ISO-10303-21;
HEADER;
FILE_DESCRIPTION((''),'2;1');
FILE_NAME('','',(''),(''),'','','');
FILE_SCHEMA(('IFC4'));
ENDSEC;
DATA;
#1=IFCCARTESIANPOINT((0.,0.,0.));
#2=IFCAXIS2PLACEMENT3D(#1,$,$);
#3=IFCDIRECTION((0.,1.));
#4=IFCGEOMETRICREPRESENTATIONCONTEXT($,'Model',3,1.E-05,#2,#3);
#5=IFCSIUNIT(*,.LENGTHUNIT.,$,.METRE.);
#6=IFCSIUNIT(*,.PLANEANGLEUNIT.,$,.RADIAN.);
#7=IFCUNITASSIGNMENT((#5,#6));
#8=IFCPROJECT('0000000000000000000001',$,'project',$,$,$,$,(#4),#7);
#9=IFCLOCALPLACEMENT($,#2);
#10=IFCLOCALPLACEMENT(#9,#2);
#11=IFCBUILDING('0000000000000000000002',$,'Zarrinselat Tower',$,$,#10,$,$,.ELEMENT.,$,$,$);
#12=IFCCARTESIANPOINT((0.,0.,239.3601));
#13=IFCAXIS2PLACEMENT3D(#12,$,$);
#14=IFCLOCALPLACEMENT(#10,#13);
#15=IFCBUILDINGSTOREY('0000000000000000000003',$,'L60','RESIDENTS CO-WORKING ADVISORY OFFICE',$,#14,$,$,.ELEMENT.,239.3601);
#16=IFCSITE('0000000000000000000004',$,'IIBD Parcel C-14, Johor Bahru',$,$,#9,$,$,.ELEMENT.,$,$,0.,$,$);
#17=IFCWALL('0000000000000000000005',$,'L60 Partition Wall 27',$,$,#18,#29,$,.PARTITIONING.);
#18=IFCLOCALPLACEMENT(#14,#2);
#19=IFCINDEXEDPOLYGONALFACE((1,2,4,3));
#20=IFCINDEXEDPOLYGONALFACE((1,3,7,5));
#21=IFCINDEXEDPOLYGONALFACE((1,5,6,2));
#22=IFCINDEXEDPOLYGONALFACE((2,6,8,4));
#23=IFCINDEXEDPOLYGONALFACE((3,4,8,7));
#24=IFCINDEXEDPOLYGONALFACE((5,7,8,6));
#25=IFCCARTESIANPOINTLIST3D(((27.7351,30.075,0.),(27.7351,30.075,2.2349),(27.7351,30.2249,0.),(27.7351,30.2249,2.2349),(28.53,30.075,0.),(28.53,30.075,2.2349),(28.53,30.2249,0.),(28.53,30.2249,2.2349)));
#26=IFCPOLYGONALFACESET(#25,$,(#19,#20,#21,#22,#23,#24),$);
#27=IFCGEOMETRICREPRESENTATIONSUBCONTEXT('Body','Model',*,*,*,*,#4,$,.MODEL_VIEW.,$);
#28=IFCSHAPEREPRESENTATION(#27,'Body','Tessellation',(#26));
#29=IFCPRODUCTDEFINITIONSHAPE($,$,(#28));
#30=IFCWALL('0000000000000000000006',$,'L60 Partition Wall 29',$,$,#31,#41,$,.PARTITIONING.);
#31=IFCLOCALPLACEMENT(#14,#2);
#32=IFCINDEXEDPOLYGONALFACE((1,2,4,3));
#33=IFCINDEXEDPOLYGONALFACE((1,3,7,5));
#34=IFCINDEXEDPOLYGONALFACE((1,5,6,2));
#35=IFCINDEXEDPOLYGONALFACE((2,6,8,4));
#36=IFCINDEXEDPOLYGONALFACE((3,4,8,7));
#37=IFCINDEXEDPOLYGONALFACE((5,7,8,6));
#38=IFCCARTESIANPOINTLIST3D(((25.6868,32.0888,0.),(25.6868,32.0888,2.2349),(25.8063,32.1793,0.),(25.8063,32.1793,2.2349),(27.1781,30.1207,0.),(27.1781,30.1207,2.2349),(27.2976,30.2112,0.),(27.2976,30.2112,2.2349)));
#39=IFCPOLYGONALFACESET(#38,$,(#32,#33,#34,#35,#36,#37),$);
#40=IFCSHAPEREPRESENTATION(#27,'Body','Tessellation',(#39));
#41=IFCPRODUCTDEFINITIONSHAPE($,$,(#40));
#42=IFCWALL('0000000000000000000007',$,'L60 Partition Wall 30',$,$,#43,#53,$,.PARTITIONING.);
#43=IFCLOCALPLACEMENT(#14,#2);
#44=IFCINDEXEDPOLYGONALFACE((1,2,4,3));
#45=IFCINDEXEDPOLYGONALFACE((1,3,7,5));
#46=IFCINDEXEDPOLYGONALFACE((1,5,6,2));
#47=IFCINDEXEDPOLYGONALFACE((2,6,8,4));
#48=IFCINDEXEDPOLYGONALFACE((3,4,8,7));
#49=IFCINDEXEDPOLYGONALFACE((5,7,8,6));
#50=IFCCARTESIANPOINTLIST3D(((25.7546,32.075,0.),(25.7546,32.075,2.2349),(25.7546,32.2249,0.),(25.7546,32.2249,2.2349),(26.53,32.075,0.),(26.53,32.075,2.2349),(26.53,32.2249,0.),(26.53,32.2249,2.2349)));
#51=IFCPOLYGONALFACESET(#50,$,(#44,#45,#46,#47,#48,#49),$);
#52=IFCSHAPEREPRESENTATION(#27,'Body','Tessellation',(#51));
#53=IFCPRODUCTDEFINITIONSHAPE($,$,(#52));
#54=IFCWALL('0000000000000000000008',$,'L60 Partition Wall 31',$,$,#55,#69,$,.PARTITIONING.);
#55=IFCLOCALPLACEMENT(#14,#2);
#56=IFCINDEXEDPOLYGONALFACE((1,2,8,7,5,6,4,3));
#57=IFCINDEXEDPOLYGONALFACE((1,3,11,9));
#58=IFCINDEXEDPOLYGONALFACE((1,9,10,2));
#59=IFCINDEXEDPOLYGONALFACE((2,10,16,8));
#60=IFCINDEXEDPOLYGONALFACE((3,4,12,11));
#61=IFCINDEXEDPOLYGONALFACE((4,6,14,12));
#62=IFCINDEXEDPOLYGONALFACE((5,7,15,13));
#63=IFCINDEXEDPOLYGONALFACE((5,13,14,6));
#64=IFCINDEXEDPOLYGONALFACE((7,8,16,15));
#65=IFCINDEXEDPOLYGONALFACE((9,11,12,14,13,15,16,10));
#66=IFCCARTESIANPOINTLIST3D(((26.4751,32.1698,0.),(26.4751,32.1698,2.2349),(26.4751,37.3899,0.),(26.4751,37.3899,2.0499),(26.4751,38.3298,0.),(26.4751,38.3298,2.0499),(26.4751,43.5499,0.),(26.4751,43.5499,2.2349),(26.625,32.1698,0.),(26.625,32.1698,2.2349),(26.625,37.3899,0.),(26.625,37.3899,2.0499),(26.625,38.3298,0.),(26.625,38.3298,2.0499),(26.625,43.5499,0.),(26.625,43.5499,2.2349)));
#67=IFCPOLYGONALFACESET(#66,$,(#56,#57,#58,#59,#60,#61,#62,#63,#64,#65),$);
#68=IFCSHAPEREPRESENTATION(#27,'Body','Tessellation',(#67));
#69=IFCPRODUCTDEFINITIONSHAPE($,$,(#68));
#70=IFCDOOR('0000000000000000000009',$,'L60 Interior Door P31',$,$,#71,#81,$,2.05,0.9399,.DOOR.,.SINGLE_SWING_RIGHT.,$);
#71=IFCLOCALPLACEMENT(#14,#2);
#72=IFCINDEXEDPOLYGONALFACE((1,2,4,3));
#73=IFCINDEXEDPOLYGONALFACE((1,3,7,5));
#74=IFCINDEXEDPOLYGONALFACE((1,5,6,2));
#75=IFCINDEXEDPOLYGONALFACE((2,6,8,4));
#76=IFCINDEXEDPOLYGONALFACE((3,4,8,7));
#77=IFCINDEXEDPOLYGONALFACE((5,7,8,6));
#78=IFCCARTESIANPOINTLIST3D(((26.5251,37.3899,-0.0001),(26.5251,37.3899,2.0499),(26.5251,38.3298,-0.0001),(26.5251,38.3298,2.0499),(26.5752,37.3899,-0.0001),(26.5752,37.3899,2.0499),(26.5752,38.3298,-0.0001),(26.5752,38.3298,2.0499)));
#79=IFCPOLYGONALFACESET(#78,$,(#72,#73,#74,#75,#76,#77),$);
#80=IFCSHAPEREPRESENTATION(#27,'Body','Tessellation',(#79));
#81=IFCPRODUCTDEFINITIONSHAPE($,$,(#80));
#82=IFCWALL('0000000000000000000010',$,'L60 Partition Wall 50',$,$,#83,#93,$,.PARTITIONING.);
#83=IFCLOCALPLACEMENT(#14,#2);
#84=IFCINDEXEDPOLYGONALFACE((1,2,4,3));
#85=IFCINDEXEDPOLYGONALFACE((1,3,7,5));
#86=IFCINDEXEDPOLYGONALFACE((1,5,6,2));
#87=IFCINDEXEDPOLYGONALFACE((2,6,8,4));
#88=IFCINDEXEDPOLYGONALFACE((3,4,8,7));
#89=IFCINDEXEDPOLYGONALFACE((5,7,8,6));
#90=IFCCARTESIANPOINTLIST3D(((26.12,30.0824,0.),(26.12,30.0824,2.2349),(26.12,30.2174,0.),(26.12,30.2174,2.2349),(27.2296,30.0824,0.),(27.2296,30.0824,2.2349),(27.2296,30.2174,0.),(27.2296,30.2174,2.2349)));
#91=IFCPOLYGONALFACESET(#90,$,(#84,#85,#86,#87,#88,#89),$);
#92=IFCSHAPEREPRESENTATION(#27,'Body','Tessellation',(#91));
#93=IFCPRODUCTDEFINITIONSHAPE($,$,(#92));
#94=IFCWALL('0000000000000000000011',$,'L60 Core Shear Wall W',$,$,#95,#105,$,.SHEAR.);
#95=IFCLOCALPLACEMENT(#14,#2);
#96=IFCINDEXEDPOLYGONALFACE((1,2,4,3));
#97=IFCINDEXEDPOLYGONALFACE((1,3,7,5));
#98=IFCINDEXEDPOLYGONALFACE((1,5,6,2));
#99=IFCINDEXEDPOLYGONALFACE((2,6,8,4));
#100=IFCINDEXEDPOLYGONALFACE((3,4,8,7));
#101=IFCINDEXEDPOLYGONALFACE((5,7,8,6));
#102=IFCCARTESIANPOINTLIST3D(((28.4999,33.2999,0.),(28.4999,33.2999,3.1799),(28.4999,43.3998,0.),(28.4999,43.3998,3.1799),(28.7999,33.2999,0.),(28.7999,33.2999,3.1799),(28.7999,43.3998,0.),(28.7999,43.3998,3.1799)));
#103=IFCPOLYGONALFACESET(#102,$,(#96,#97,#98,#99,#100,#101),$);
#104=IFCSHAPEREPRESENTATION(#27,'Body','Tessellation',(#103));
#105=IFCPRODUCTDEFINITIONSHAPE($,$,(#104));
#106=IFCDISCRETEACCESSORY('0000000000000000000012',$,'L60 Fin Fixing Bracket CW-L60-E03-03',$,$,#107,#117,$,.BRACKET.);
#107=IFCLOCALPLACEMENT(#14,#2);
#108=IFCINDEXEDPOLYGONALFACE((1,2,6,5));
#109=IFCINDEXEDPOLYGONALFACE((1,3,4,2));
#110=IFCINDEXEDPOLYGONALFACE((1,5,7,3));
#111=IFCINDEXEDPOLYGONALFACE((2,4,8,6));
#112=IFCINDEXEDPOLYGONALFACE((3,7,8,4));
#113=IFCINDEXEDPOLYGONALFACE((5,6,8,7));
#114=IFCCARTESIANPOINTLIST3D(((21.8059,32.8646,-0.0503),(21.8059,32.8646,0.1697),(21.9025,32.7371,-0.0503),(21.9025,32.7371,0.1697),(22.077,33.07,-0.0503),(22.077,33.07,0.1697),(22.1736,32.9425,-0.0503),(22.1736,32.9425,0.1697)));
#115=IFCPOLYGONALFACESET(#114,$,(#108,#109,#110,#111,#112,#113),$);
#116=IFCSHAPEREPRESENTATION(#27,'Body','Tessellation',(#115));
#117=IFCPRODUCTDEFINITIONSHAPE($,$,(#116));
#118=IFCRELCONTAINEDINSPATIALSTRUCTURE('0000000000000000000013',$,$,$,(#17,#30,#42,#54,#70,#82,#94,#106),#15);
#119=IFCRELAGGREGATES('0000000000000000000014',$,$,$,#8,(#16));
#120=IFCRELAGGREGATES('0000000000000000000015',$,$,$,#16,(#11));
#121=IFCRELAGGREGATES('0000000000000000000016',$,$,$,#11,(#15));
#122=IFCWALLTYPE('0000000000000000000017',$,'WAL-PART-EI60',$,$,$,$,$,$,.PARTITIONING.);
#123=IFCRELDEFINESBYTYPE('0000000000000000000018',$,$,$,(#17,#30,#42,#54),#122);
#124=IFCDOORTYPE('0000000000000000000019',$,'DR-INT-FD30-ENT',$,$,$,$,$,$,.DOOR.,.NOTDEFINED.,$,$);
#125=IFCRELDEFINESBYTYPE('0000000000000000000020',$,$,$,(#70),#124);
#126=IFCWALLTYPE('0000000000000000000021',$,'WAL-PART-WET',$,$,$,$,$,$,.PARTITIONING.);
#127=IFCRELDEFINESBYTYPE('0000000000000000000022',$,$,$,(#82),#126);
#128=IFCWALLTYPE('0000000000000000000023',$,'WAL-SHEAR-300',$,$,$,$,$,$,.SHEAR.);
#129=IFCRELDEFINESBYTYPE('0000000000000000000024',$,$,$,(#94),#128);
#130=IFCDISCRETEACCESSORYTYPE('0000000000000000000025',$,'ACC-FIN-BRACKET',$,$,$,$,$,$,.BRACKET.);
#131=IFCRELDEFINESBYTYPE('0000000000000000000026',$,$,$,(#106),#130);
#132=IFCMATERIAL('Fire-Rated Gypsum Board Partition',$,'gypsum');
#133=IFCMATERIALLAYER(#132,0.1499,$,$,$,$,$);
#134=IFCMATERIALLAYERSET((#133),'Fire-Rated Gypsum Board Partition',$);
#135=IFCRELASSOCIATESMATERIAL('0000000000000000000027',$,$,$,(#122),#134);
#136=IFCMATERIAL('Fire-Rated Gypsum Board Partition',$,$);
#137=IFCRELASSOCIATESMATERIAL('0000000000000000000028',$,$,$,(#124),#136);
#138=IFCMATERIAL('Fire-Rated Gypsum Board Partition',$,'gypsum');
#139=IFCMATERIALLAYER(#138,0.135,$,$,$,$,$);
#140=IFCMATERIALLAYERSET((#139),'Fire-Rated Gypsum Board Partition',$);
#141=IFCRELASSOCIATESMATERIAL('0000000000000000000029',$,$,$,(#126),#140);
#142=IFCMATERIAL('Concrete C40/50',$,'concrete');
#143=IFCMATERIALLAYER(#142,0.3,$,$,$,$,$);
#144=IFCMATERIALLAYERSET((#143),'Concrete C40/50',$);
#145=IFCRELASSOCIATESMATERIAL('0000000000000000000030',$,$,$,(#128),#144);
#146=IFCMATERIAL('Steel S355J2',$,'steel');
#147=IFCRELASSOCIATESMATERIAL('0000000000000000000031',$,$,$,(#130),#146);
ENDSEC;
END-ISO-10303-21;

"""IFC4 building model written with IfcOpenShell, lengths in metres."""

from ifc_helpers import new_model, si_unit, direction, frame, frame_2d, origin, origin_2d, place, context, subcontext, project, spatial, rectangle, extrude, material, layer, layer_set, type_object, element, fill, save


model = new_model("IFC4")

# Units and contexts
model_context = context("Model", 3, precision=1e-05, world=origin(), true_north=direction((0.0, 1.0)))
body_context = subcontext(model_context, "Body", "Model", "MODEL_VIEW")
ifc_project = project(units=[si_unit("LENGTHUNIT", "METRE"), si_unit("PLANEANGLEUNIT", "RADIAN")], contexts=[model_context])

# Site, building, storey
site_placement = place(None, origin())
site = spatial("IfcSite", under=ifc_project, at=site_placement, Name="IIBD Parcel C-14, Johor Bahru", CompositionType="ELEMENT", RefElevation=0.0)
building_placement = place(site_placement, origin())
building = spatial("IfcBuilding", under=site, at=building_placement, Name="Zarrinselat Tower", CompositionType="ELEMENT")
storey_placement = place(building_placement, frame((0.0, 0.0, 239.3601)))
storey = spatial("IfcBuildingStorey", under=building, at=storey_placement, Name="L60", Description="RESIDENTS CO-WORKING ADVISORY OFFICE", CompositionType="ELEMENT", Elevation=239.3601)

# Shared definitions
ifc_material_1 = material(Name="Fire-Rated Gypsum Board Partition", Category="gypsum")
ifc_layer_1 = layer(ifc_material_1, 0.1499)
ifc_layer_set_1 = layer_set([ifc_layer_1], Name="Fire-Rated Gypsum Board Partition")
wall_type_1 = type_object("IfcWallType", Name="WAL-PART-EI60", PredefinedType="PARTITIONING", material=ifc_layer_set_1)
ifc_material_2 = material(Name="Fire-Rated Gypsum Board Partition")
door_type_1 = type_object("IfcDoorType", Name="DR-INT-FD30-ENT", OperationType="NOTDEFINED", PredefinedType="DOOR", material=ifc_material_2)

# Walls
wall_1_placement = place(storey_placement, frame((27.7351, 30.1499, 0.0), z_axis=(0.0, 0.0, 1.0), x_axis=(1.0, 0.0, 0.0)))
element("IfcWall", 1, at=wall_1_placement, inside=storey, type_object=wall_type_1, Name="L60 Partition Wall 27", PredefinedType="PARTITIONING", context=body_context, shape_type="SweptSolid", body=[
    extrude(rectangle(XDim=0.7949, YDim=0.1499, at=frame_2d((0.3975, 0.0))), origin(), (0.0, 0.0, 1.0), 2.2349),
])
wall_2_placement = place(storey_placement, frame((25.7466, 32.134, 0.0), z_axis=(0.0, 0.0, 1.0), x_axis=(0.603932, -0.797036, 0.0)))
element("IfcWall", 2, at=wall_2_placement, inside=storey, type_object=wall_type_1, Name="L60 Partition Wall 29", PredefinedType="PARTITIONING", context=body_context, shape_type="SweptSolid", body=[
    extrude(rectangle(XDim=2.4692, YDim=0.1499, at=frame_2d((1.2346, 0.0))), origin(), (0.0, 0.0, 1.0), 2.2349),
])
wall_3_placement = place(storey_placement, frame((25.7546, 32.1499, 0.0), z_axis=(0.0, 0.0, 1.0), x_axis=(1.0, 0.0, 0.0)))
element("IfcWall", 3, at=wall_3_placement, inside=storey, type_object=wall_type_1, Name="L60 Partition Wall 30", PredefinedType="PARTITIONING", context=body_context, shape_type="SweptSolid", body=[
    extrude(rectangle(XDim=0.7754, YDim=0.1499, at=frame_2d((0.3877, 0.0))), origin(), (0.0, 0.0, 1.0), 2.2349),
])

# Wall, opening, door
wall_4_placement = place(storey_placement, frame((26.55, 32.1699, 0.0), z_axis=(0.0, 0.0, 1.0), x_axis=(0.0, 1.0, 0.0)))
wall_4 = element("IfcWall", 4, at=wall_4_placement, inside=storey, type_object=wall_type_1, Name="L60 Partition Wall 31", PredefinedType="PARTITIONING", context=body_context, shape_type="SweptSolid", body=[
    extrude(rectangle(XDim=11.3801, YDim=0.1499, at=frame_2d((5.6899, 0.0))), origin(), (0.0, 0.0, 1.0), 2.2349),
])
opening_1_placement = place(wall_4_placement, frame((5.22, 0.0, 0.0)))
opening_1 = element("IfcOpeningElement", 5, at=opening_1_placement, cuts=wall_4, PredefinedType="OPENING", context=body_context, shape_type="SweptSolid", body=[
    extrude(rectangle(XDim=0.9399, YDim=2.05, at=frame_2d((0.47, 1.0249))), frame((0.0, 0.085, 0.0), z_axis=(0.0, -1.0, 0.0), x_axis=(1.0, 0.0, 0.0)), (0.0, 0.0, 1.0), 0.1699),
])
door_1_placement = place(opening_1_placement, origin())
door_1 = element("IfcDoor", 6, at=door_1_placement, inside=storey, type_object=door_type_1, Name="L60 Interior Door P31", OperationType="SINGLE_SWING_RIGHT", OverallHeight=2.05, OverallWidth=0.9399, PredefinedType="DOOR", context=body_context, shape_type="SweptSolid", body=[
    extrude(rectangle(XDim=0.9399, YDim=2.05, at=frame_2d((0.47, 1.0249))), frame((0.0, 0.0249, 0.0), z_axis=(0.0, -1.0, 0.0), x_axis=(1.0, 0.0, 0.0)), (0.0, 0.0, 1.0), 0.05),
])
fill(opening_1, door_1)

# Wall
ifc_material_3 = material(Name="Fire-Rated Gypsum Board Partition", Category="gypsum")
ifc_layer_2 = layer(ifc_material_3, 0.135)
ifc_layer_set_2 = layer_set([ifc_layer_2], Name="Fire-Rated Gypsum Board Partition")
wall_type_2 = type_object("IfcWallType", Name="WAL-PART-WET", PredefinedType="PARTITIONING", material=ifc_layer_set_2)
wall_5_placement = place(storey_placement, frame((26.1201, 30.1499, 0.0), z_axis=(0.0, 0.0, 1.0), x_axis=(1.0, 0.0, 0.0)))
element("IfcWall", 7, at=wall_5_placement, inside=storey, type_object=wall_type_2, Name="L60 Partition Wall 50", PredefinedType="PARTITIONING", context=body_context, shape_type="SweptSolid", body=[
    extrude(rectangle(XDim=1.1096, YDim=0.135, at=frame_2d((0.5547, 0.0))), origin(), (0.0, 0.0, 1.0), 2.2349),
])

# Shared definitions
ifc_material_4 = material(Name="Concrete C40/50", Category="concrete")
ifc_layer_3 = layer(ifc_material_4, 0.3)
ifc_layer_set_3 = layer_set([ifc_layer_3], Name="Concrete C40/50")
wall_type_3 = type_object("IfcWallType", Name="WAL-SHEAR-300", PredefinedType="SHEAR", material=ifc_layer_set_3)

# Wall
wall_6_placement = place(storey_placement, frame((28.6499, 33.3, 0.0), z_axis=(0.0, 0.0, 1.0), x_axis=(0.0, 1.0, 0.0)))
element("IfcWall", 8, at=wall_6_placement, inside=storey, type_object=wall_type_3, Name="L60 Core Shear Wall W", PredefinedType="SHEAR", context=body_context, shape_type="SweptSolid", body=[
    extrude(rectangle(XDim=10.0999, YDim=0.3, at=frame_2d((5.0498, 0.0))), origin(), (0.0, 0.0, 1.0), 3.1799),
])

# Discrete accessory
ifc_material_5 = material(Name="Steel S355J2", Category="steel")
discrete_accessory_type = type_object("IfcDiscreteAccessoryType", Name="ACC-FIN-BRACKET", PredefinedType="BRACKET", material=ifc_material_5)
discrete_accessory_placement = place(storey_placement, frame((21.9897, 32.9036, -0.0503), z_axis=(0.0, 0.0, 1.0), x_axis=(-0.797092, -0.603858, 0.0)))
element("IfcDiscreteAccessory", 9, at=discrete_accessory_placement, inside=storey, type_object=discrete_accessory_type, Name="L60 Fin Fixing Bracket CW-L60-E03-03", PredefinedType="BRACKET", context=body_context, shape_type="SweptSolid", body=[
    extrude(rectangle(XDim=0.3401, YDim=0.1599, at=origin_2d()), origin(), (0.0, 0.0, 1.0), 0.22),
])

save(model, "model.ifc")
